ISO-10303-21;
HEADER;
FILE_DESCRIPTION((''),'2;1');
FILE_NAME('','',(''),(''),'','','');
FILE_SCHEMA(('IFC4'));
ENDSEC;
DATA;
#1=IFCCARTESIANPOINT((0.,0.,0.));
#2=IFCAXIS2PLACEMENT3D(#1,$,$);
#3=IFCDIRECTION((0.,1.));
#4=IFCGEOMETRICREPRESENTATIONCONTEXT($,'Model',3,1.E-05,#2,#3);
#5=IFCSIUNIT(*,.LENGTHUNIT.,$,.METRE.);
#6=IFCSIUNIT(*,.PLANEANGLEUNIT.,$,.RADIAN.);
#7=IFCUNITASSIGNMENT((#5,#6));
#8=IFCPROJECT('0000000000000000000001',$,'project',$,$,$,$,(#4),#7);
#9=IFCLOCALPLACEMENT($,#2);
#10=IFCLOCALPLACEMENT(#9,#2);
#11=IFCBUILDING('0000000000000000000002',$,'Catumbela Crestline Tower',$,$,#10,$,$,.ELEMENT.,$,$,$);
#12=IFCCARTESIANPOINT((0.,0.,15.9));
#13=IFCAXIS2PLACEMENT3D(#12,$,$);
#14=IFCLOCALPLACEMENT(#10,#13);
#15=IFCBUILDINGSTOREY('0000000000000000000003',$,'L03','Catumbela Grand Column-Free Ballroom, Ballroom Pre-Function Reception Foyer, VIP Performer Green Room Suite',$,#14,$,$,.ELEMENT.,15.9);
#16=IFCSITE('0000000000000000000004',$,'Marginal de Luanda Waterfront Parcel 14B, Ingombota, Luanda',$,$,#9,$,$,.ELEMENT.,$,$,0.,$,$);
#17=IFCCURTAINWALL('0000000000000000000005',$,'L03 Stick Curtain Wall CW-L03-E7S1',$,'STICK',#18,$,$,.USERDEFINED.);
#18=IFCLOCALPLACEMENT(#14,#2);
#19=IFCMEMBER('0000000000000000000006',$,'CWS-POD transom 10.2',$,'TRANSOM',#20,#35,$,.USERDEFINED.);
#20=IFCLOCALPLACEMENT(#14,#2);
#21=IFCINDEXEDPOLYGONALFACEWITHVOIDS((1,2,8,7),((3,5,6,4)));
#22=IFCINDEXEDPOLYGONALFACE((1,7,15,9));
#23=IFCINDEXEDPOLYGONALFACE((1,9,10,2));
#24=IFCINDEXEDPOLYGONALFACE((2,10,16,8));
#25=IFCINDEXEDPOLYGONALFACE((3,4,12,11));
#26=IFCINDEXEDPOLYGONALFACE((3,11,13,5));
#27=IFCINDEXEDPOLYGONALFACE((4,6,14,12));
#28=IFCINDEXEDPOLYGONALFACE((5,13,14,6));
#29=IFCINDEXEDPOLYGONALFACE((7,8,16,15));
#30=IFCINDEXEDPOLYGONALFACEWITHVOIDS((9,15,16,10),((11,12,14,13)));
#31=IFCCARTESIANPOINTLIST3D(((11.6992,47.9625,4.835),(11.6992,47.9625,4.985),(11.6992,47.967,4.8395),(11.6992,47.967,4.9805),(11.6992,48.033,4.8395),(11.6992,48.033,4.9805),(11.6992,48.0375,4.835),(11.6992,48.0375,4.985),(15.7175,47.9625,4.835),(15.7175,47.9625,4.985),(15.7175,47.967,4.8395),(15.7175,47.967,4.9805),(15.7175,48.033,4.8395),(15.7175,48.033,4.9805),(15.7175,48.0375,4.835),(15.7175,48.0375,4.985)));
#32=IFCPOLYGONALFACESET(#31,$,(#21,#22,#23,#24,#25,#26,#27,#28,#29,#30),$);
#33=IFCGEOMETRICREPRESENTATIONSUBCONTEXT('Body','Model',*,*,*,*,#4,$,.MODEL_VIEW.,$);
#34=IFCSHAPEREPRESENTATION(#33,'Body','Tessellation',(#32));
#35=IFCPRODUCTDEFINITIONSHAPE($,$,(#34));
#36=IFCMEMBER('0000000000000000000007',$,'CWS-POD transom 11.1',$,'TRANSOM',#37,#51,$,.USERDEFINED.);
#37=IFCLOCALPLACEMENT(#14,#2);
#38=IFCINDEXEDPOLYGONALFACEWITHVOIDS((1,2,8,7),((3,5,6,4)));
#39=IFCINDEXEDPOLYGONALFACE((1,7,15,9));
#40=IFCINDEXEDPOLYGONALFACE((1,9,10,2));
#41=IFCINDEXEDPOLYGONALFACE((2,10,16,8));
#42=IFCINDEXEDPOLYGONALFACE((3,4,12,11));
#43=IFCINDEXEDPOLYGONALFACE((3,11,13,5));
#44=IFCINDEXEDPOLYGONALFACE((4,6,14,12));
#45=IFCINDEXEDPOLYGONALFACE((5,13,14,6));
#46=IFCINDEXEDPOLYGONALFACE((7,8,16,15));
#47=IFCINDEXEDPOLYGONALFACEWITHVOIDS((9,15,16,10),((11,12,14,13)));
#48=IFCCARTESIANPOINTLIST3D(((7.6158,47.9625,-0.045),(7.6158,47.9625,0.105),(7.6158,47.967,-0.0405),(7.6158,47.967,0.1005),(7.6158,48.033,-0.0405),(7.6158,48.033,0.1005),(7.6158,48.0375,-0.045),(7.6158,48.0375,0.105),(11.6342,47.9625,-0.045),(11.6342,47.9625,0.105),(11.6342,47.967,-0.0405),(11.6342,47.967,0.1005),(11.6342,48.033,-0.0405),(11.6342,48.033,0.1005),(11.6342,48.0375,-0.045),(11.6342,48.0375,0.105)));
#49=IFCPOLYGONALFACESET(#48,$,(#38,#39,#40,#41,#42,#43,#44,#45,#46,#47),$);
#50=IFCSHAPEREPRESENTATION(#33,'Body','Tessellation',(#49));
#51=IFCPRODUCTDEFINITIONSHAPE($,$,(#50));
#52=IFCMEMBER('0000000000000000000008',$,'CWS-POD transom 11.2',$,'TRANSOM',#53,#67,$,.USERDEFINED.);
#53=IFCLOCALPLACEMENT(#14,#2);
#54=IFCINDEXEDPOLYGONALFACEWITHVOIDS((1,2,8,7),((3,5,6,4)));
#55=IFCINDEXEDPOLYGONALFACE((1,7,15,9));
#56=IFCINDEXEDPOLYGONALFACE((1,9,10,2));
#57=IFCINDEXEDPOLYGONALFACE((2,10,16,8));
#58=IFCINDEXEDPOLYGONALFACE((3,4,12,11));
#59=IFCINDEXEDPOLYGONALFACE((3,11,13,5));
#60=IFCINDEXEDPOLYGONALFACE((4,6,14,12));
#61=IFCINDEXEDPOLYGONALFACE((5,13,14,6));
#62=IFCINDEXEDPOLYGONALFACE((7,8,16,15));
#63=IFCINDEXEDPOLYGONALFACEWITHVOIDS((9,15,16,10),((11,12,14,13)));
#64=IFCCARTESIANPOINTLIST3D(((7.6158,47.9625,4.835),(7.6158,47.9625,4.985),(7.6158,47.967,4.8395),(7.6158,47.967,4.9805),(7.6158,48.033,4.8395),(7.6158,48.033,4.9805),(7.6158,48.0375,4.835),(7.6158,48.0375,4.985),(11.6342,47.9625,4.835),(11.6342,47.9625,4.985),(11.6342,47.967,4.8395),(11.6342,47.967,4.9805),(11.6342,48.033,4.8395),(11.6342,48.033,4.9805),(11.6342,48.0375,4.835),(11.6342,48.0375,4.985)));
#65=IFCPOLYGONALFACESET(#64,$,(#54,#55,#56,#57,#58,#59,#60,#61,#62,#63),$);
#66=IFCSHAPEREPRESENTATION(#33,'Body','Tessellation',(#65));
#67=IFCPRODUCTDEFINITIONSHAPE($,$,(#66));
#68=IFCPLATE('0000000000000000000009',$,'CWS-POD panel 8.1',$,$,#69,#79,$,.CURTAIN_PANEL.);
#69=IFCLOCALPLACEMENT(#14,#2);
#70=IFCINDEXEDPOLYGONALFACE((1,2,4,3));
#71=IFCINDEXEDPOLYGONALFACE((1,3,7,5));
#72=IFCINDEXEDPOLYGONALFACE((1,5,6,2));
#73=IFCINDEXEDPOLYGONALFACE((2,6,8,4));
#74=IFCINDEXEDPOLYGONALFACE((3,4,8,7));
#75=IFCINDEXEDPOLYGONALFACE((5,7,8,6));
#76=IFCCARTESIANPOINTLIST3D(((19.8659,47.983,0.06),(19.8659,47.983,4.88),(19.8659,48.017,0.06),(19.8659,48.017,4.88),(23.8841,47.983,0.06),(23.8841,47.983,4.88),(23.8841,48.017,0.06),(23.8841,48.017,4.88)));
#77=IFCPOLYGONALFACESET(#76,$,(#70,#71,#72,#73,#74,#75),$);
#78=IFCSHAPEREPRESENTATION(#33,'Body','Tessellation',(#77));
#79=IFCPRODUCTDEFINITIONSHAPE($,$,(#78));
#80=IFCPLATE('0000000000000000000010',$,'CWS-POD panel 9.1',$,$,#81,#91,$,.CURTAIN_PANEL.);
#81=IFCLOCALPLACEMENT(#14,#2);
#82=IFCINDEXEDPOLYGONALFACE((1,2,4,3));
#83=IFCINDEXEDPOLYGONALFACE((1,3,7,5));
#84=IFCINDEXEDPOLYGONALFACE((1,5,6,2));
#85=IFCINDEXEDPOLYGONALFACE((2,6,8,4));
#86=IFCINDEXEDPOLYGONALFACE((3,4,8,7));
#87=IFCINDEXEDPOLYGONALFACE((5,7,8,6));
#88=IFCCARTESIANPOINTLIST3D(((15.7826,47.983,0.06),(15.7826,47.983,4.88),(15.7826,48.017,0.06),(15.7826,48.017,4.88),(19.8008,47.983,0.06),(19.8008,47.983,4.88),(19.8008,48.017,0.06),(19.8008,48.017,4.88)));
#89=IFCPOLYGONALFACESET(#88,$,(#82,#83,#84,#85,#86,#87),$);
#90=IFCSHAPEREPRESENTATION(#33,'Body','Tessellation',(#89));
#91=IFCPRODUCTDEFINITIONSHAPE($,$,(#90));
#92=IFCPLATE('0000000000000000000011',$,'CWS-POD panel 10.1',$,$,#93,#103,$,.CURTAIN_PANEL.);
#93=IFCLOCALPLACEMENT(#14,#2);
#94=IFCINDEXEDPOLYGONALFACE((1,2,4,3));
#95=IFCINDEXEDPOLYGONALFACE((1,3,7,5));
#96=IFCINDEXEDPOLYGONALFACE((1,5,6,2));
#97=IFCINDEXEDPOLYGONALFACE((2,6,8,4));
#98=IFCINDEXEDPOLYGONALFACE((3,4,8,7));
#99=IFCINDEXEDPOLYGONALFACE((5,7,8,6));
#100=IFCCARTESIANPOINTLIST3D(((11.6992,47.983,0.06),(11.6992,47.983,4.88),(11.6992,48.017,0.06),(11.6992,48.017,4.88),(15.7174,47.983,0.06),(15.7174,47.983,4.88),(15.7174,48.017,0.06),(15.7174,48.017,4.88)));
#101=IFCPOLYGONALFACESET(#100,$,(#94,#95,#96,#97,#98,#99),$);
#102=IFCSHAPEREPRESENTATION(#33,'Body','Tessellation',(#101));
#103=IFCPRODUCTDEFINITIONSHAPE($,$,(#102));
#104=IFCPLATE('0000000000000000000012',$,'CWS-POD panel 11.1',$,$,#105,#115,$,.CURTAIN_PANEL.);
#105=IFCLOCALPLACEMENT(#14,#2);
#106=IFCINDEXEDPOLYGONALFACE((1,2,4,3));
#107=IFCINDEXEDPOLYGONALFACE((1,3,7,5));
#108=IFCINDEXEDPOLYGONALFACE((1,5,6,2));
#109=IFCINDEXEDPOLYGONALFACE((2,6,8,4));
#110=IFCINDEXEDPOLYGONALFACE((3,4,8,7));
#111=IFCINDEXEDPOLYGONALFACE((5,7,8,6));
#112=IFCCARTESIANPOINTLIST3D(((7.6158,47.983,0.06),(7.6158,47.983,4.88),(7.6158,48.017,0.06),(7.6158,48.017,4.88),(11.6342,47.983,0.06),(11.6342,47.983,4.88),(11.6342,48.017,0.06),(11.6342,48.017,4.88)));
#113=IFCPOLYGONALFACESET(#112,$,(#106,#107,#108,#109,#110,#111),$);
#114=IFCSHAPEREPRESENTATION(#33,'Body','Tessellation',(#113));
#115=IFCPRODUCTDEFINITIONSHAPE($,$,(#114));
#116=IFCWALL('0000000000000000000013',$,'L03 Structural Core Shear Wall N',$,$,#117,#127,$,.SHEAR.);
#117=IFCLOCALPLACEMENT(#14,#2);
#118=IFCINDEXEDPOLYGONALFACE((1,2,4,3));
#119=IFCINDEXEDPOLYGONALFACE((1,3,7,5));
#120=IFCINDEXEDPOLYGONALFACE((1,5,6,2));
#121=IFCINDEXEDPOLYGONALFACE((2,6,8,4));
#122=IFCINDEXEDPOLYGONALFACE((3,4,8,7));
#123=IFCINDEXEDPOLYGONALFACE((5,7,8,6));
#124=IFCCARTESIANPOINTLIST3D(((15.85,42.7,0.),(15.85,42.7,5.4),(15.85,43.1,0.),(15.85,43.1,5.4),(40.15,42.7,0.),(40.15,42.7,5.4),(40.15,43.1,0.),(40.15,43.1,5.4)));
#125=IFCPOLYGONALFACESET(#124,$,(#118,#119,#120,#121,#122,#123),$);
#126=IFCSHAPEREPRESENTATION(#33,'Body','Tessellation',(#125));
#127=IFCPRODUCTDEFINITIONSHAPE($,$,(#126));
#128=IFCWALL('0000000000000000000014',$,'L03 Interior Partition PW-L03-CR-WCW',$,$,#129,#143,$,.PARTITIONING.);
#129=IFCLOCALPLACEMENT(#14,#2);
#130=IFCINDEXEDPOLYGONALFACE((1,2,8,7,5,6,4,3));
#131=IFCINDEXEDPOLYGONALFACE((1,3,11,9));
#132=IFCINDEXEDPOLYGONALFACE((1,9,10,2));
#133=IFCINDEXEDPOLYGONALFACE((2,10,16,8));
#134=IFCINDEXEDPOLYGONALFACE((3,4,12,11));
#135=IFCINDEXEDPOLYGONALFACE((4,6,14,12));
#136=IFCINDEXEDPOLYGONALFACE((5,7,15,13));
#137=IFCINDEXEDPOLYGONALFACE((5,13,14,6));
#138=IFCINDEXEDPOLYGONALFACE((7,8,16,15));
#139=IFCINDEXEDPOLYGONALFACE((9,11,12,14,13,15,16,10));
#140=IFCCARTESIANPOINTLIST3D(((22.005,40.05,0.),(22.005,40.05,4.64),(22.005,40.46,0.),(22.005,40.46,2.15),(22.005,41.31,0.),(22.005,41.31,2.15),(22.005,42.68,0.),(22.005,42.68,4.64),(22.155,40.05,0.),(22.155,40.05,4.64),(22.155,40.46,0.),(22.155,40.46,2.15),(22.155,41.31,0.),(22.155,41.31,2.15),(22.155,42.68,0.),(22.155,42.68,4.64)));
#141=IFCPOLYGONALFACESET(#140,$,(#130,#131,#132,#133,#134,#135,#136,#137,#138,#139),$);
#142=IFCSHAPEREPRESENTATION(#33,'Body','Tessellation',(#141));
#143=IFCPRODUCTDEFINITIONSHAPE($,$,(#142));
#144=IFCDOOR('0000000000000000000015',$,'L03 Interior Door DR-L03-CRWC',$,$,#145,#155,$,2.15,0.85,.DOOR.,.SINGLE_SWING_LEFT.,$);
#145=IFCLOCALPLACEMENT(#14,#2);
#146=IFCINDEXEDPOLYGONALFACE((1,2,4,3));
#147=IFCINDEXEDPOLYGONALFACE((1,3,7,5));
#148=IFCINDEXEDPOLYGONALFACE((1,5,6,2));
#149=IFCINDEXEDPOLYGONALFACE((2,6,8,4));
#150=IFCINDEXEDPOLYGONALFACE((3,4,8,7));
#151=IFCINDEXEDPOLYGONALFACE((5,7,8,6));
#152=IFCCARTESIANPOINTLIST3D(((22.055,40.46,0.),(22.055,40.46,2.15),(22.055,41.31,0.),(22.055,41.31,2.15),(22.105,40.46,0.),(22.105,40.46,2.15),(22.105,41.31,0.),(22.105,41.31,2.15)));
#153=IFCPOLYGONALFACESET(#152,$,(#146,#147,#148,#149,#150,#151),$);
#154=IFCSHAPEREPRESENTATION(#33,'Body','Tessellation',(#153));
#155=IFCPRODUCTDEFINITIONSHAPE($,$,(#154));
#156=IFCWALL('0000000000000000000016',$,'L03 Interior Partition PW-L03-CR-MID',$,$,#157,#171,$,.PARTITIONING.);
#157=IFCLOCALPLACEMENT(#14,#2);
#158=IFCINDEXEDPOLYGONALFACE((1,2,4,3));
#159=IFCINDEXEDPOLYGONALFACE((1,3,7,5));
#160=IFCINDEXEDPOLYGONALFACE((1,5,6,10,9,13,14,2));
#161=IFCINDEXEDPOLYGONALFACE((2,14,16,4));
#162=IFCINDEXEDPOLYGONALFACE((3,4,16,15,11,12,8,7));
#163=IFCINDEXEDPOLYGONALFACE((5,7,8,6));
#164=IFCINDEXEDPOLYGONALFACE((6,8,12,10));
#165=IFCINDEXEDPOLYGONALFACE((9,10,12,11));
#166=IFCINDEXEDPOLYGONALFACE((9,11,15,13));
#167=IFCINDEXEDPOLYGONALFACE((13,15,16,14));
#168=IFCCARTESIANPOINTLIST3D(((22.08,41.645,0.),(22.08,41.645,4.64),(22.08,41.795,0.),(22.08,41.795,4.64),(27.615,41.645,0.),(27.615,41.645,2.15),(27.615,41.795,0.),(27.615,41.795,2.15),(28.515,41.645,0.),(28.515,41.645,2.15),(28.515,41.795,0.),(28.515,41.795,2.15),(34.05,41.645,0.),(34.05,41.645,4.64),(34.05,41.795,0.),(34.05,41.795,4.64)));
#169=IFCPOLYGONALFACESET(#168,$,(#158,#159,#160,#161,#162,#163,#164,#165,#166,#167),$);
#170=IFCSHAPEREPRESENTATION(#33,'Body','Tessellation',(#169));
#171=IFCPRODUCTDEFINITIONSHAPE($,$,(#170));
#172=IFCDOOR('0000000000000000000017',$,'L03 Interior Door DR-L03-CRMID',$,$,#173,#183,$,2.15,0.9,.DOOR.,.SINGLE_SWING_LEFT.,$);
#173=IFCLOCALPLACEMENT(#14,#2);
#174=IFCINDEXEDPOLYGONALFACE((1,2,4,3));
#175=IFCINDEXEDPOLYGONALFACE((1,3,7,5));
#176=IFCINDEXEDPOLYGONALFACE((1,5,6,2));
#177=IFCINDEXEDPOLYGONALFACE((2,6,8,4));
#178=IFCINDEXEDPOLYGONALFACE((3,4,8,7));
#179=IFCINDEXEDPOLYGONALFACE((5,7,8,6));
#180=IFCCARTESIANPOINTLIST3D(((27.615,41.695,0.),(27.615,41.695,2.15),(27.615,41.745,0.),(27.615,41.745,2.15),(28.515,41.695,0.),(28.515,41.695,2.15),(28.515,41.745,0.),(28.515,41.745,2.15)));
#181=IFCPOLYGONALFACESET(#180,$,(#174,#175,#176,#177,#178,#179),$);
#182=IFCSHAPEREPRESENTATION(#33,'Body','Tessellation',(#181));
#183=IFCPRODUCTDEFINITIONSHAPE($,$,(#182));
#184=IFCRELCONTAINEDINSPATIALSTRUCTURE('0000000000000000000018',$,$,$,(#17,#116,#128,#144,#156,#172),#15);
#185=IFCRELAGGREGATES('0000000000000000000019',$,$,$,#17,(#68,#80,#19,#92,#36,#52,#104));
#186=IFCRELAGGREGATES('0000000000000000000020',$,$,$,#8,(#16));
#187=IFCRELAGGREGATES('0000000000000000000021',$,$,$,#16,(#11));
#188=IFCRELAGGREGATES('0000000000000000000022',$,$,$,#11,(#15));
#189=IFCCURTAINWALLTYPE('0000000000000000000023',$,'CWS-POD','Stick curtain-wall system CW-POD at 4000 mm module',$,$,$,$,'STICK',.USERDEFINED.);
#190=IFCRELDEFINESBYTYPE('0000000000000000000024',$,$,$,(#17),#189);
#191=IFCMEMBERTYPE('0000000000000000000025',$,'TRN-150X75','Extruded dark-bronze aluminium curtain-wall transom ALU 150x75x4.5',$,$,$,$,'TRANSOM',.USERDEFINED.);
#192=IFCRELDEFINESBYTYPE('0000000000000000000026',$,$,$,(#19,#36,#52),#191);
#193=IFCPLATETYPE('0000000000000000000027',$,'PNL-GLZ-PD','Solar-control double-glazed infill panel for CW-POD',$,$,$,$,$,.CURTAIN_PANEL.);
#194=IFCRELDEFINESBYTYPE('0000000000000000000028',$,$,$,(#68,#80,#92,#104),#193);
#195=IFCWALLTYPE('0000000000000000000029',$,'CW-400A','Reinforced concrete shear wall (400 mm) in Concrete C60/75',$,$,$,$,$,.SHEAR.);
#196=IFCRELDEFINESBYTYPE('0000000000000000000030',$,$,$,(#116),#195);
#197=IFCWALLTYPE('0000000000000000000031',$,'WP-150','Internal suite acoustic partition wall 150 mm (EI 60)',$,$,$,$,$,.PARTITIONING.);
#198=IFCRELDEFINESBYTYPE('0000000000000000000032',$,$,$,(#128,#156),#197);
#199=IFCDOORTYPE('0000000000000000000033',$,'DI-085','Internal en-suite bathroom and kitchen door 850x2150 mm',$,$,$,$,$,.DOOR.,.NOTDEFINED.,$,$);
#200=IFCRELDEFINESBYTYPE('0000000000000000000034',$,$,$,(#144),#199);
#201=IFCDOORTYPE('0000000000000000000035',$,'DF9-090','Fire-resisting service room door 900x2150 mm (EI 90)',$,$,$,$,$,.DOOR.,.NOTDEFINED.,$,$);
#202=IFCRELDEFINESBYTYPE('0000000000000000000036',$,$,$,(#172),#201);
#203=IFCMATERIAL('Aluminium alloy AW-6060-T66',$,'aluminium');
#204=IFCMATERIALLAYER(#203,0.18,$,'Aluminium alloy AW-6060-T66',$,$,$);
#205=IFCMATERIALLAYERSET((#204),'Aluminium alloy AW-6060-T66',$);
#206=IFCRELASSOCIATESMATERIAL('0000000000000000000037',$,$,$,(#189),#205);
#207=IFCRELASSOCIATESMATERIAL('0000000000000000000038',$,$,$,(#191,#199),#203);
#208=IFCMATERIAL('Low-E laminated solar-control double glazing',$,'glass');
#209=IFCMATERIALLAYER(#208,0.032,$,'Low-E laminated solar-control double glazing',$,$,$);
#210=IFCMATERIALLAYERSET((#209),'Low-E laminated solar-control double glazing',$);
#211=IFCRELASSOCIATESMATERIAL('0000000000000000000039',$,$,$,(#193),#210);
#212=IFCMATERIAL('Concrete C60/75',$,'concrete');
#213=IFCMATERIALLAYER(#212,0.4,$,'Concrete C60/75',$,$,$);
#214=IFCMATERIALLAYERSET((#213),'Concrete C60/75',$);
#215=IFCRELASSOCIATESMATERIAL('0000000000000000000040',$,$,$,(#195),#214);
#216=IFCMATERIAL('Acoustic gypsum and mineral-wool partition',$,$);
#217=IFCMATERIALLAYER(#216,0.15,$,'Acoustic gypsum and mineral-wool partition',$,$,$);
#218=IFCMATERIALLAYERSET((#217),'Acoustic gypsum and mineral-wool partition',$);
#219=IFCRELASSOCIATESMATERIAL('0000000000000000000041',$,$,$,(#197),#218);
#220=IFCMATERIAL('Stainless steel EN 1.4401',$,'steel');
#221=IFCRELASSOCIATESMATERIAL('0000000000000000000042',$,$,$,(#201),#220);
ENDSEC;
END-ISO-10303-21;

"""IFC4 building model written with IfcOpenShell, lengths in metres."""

from ifc_helpers import new_model, si_unit, direction, frame, frame_2d, origin, origin_2d, place, context, subcontext, project, spatial, rectangle, hollow_rectangle, extrude, material, layer, layer_set, material_profile, profile_set, type_object, element, fill, aggregate, save


model = new_model("IFC4")

# Units and contexts
model_context = context("Model", 3, precision=1e-05, world=origin(), true_north=direction((0.0, 1.0)))
body_context = subcontext(model_context, "Body", "Model", "MODEL_VIEW")
ifc_project = project(units=[si_unit("LENGTHUNIT", "METRE"), si_unit("PLANEANGLEUNIT", "RADIAN")], contexts=[model_context])

# Site, building, storey
site_placement = place(None, origin())
site = spatial("IfcSite", under=ifc_project, at=site_placement, Name="Marginal de Luanda Waterfront Parcel 14B, Ingombota, Luanda", CompositionType="ELEMENT", RefElevation=0.0)
building_placement = place(site_placement, origin())
building = spatial("IfcBuilding", under=site, at=building_placement, Name="Catumbela Crestline Tower", CompositionType="ELEMENT")
storey_placement = place(building_placement, frame((0.0, 0.0, 15.9)))
storey = spatial("IfcBuildingStorey", under=building, at=storey_placement, Name="L03", Description="Catumbela Grand Column-Free Ballroom, Ballroom Pre-Function Reception Foyer, VIP Performer Green Room Suite", CompositionType="ELEMENT", Elevation=15.9)

# Shared definitions
ifc_material_1 = material(Name="Concrete C60/75", Category="concrete")

# Curtain wall
ifc_material_2 = material(Name="Aluminium alloy AW-6060-T66", Category="aluminium")
ifc_layer_1 = layer(ifc_material_2, 0.18, Name="Aluminium alloy AW-6060-T66")
ifc_layer_set_1 = layer_set([ifc_layer_1], Name="Aluminium alloy AW-6060-T66")
curtain_wall_type = type_object("IfcCurtainWallType", Name="CWS-POD", Description="Stick curtain-wall system CW-POD at 4000 mm module", ElementType="STICK", PredefinedType="USERDEFINED", material=ifc_layer_set_1)
curtain_wall_placement = place(storey_placement, origin())
curtain_wall = element("IfcCurtainWall", 1, at=curtain_wall_placement, inside=storey, type_object=curtain_wall_type, Name="L03 Stick Curtain Wall CW-L03-E7S1", ObjectType="STICK", PredefinedType="USERDEFINED")

# Members
ifc_material_profile_1 = material_profile(ifc_material_2, hollow_rectangle(XDim=0.075, YDim=0.15, WallThickness=0.0045, at=origin_2d()), Name="ALU 150x75x4.5")
ifc_profile_set_1 = profile_set([ifc_material_profile_1], Name="Aluminium alloy AW-6060-T66")
member_type_1 = type_object("IfcMemberType", Name="TRN-150X75", Description="Extruded dark-bronze aluminium curtain-wall transom ALU 150x75x4.5", ElementType="TRANSOM", PredefinedType="USERDEFINED", material=ifc_profile_set_1)
member_1_placement = place(storey_placement, frame((15.7175, 48.0, 4.91), z_axis=(-1.0, 0.0, 0.0), x_axis=(0.0, -1.0, 0.0)))
member_1 = element("IfcMember", 2, at=member_1_placement, type_object=member_type_1, Name="CWS-POD transom 10.2", ObjectType="TRANSOM", PredefinedType="USERDEFINED", context=body_context, shape_type="SweptSolid", body=[
    extrude(hollow_rectangle(XDim=0.075, YDim=0.15, WallThickness=0.0045, at=origin_2d()), origin(), (0.0, 0.0, 1.0), 4.0183),
])
member_2_placement = place(storey_placement, frame((11.6342, 48.0, 0.03), z_axis=(-1.0, 0.0, 0.0), x_axis=(0.0, -1.0, 0.0)))
member_2 = element("IfcMember", 3, at=member_2_placement, type_object=member_type_1, Name="CWS-POD transom 11.1", ObjectType="TRANSOM", PredefinedType="USERDEFINED", context=body_context, shape_type="SweptSolid", body=[
    extrude(hollow_rectangle(XDim=0.075, YDim=0.15, WallThickness=0.0045, at=origin_2d()), origin(), (0.0, 0.0, 1.0), 4.0184),
])
member_3_placement = place(storey_placement, frame((11.6342, 48.0, 4.91), z_axis=(-1.0, 0.0, 0.0), x_axis=(0.0, -1.0, 0.0)))
member_3 = element("IfcMember", 4, at=member_3_placement, type_object=member_type_1, Name="CWS-POD transom 11.2", ObjectType="TRANSOM", PredefinedType="USERDEFINED", context=body_context, shape_type="SweptSolid", body=[
    extrude(hollow_rectangle(XDim=0.075, YDim=0.15, WallThickness=0.0045, at=origin_2d()), origin(), (0.0, 0.0, 1.0), 4.0184),
])

# Plates
ifc_material_3 = material(Name="Low-E laminated solar-control double glazing", Category="glass")
ifc_layer_2 = layer(ifc_material_3, 0.032, Name="Low-E laminated solar-control double glazing")
ifc_layer_set_2 = layer_set([ifc_layer_2], Name="Low-E laminated solar-control double glazing")
plate_type = type_object("IfcPlateType", Name="PNL-GLZ-PD", Description="Solar-control double-glazed infill panel for CW-POD", PredefinedType="CURTAIN_PANEL", material=ifc_layer_set_2)
plate_1_placement = place(storey_placement, frame((21.875, 48.0, 0.06), z_axis=(0.0, 0.0, 1.0), x_axis=(-1.0, 0.0, 0.0)))
plate_1 = element("IfcPlate", 5, at=plate_1_placement, type_object=plate_type, Name="CWS-POD panel 8.1", PredefinedType="CURTAIN_PANEL", context=body_context, shape_type="SweptSolid", body=[
    extrude(rectangle(XDim=4.0183, YDim=0.034, at=origin_2d()), origin(), (0.0, 0.0, 1.0), 4.82),
])
plate_2_placement = place(storey_placement, frame((17.7917, 48.0, 0.06), z_axis=(0.0, 0.0, 1.0), x_axis=(-1.0, 0.0, 0.0)))
plate_2 = element("IfcPlate", 6, at=plate_2_placement, type_object=plate_type, Name="CWS-POD panel 9.1", PredefinedType="CURTAIN_PANEL", context=body_context, shape_type="SweptSolid", body=[
    extrude(rectangle(XDim=4.0183, YDim=0.034, at=origin_2d()), origin(), (0.0, 0.0, 1.0), 4.82),
])
plate_3_placement = place(storey_placement, frame((13.7083, 48.0, 0.06), z_axis=(0.0, 0.0, 1.0), x_axis=(-1.0, 0.0, 0.0)))
plate_3 = element("IfcPlate", 7, at=plate_3_placement, type_object=plate_type, Name="CWS-POD panel 10.1", PredefinedType="CURTAIN_PANEL", context=body_context, shape_type="SweptSolid", body=[
    extrude(rectangle(XDim=4.0183, YDim=0.034, at=origin_2d()), origin(), (0.0, 0.0, 1.0), 4.82),
])
plate_4_placement = place(storey_placement, frame((9.625, 48.0, 0.06), z_axis=(0.0, 0.0, 1.0), x_axis=(-1.0, 0.0, 0.0)))
plate_4 = element("IfcPlate", 8, at=plate_4_placement, type_object=plate_type, Name="CWS-POD panel 11.1", PredefinedType="CURTAIN_PANEL", context=body_context, shape_type="SweptSolid", body=[
    extrude(rectangle(XDim=4.0183, YDim=0.034, at=origin_2d()), origin(), (0.0, 0.0, 1.0), 4.82),
])
aggregate(curtain_wall, [plate_1, plate_2, member_1, plate_3, member_2, member_3, plate_4])

# Wall
ifc_layer_3 = layer(ifc_material_1, 0.4, Name="Concrete C60/75")
ifc_layer_set_3 = layer_set([ifc_layer_3], Name="Concrete C60/75")
wall_type_1 = type_object("IfcWallType", Name="CW-400A", Description="Reinforced concrete shear wall (400 mm) in Concrete C60/75", PredefinedType="SHEAR", material=ifc_layer_set_3)
wall_1_placement = place(storey_placement, frame((15.85, 42.9, 0.0), z_axis=(0.0, 0.0, 1.0), x_axis=(1.0, 0.0, 0.0)))
element("IfcWall", 9, at=wall_1_placement, inside=storey, type_object=wall_type_1, Name="L03 Structural Core Shear Wall N", PredefinedType="SHEAR", context=body_context, shape_type="SweptSolid", body=[
    extrude(rectangle(XDim=24.3, YDim=0.4, at=frame_2d((12.15, 0.0))), origin(), (0.0, 0.0, 1.0), 5.4),
])

# Walls, openings, doors
ifc_material_4 = material(Name="Acoustic gypsum and mineral-wool partition")
ifc_layer_4 = layer(ifc_material_4, 0.15, Name="Acoustic gypsum and mineral-wool partition")
ifc_layer_set_4 = layer_set([ifc_layer_4], Name="Acoustic gypsum and mineral-wool partition")
wall_type_2 = type_object("IfcWallType", Name="WP-150", Description="Internal suite acoustic partition wall 150 mm (EI 60)", PredefinedType="PARTITIONING", material=ifc_layer_set_4)
wall_2_placement = place(storey_placement, frame((22.08, 40.05, 0.0), z_axis=(0.0, 0.0, 1.0), x_axis=(0.0, 1.0, 0.0)))
wall_2 = element("IfcWall", 10, at=wall_2_placement, inside=storey, type_object=wall_type_2, Name="L03 Interior Partition PW-L03-CR-WCW", PredefinedType="PARTITIONING", context=body_context, shape_type="SweptSolid", body=[
    extrude(rectangle(XDim=2.63, YDim=0.15, at=frame_2d((1.315, 0.0))), origin(), (0.0, 0.0, 1.0), 4.64),
])
opening_1_placement = place(wall_2_placement, frame((0.41, 0.0, 0.0)))
opening_1 = element("IfcOpeningElement", 11, at=opening_1_placement, cuts=wall_2, PredefinedType="OPENING", context=body_context, shape_type="SweptSolid", body=[
    extrude(rectangle(XDim=0.85, YDim=2.15, at=frame_2d((0.425, 1.075))), frame((0.0, 0.085, 0.0), z_axis=(0.0, -1.0, 0.0), x_axis=(1.0, 0.0, 0.0)), (0.0, 0.0, 1.0), 0.17),
])
door_type_1 = type_object("IfcDoorType", Name="DI-085", Description="Internal en-suite bathroom and kitchen door 850x2150 mm", OperationType="NOTDEFINED", PredefinedType="DOOR", material=ifc_material_2)
door_1_placement = place(opening_1_placement, origin())
door_1 = element("IfcDoor", 12, at=door_1_placement, inside=storey, type_object=door_type_1, Name="L03 Interior Door DR-L03-CRWC", OperationType="SINGLE_SWING_LEFT", OverallHeight=2.15, OverallWidth=0.85, PredefinedType="DOOR", context=body_context, shape_type="SweptSolid", body=[
    extrude(rectangle(XDim=0.85, YDim=2.15, at=frame_2d((0.425, 1.075))), frame((0.0, 0.025, 0.0), z_axis=(0.0, -1.0, 0.0), x_axis=(1.0, 0.0, 0.0)), (0.0, 0.0, 1.0), 0.05),
])
fill(opening_1, door_1)
wall_3_placement = place(storey_placement, frame((22.08, 41.72, 0.0), z_axis=(0.0, 0.0, 1.0), x_axis=(1.0, 0.0, 0.0)))
wall_3 = element("IfcWall", 13, at=wall_3_placement, inside=storey, type_object=wall_type_2, Name="L03 Interior Partition PW-L03-CR-MID", PredefinedType="PARTITIONING", context=body_context, shape_type="SweptSolid", body=[
    extrude(rectangle(XDim=11.97, YDim=0.15, at=frame_2d((5.985, 0.0))), origin(), (0.0, 0.0, 1.0), 4.64),
])
opening_2_placement = place(wall_3_placement, frame((5.535, 0.0, 0.0)))
opening_2 = element("IfcOpeningElement", 14, at=opening_2_placement, cuts=wall_3, PredefinedType="OPENING", context=body_context, shape_type="SweptSolid", body=[
    extrude(rectangle(XDim=0.9, YDim=2.15, at=frame_2d((0.45, 1.075))), frame((0.0, 0.085, 0.0), z_axis=(0.0, -1.0, 0.0), x_axis=(1.0, 0.0, 0.0)), (0.0, 0.0, 1.0), 0.17),
])
ifc_material_5 = material(Name="Stainless steel EN 1.4401", Category="steel")
door_type_2 = type_object("IfcDoorType", Name="DF9-090", Description="Fire-resisting service room door 900x2150 mm (EI 90)", OperationType="NOTDEFINED", PredefinedType="DOOR", material=ifc_material_5)
door_2_placement = place(opening_2_placement, origin())
door_2 = element("IfcDoor", 15, at=door_2_placement, inside=storey, type_object=door_type_2, Name="L03 Interior Door DR-L03-CRMID", OperationType="SINGLE_SWING_LEFT", OverallHeight=2.15, OverallWidth=0.9, PredefinedType="DOOR", context=body_context, shape_type="SweptSolid", body=[
    extrude(rectangle(XDim=0.9, YDim=2.15, at=frame_2d((0.45, 1.075))), frame((0.0, 0.025, 0.0), z_axis=(0.0, -1.0, 0.0), x_axis=(1.0, 0.0, 0.0)), (0.0, 0.0, 1.0), 0.05),
])
fill(opening_2, door_2)

save(model, "model.ifc")
